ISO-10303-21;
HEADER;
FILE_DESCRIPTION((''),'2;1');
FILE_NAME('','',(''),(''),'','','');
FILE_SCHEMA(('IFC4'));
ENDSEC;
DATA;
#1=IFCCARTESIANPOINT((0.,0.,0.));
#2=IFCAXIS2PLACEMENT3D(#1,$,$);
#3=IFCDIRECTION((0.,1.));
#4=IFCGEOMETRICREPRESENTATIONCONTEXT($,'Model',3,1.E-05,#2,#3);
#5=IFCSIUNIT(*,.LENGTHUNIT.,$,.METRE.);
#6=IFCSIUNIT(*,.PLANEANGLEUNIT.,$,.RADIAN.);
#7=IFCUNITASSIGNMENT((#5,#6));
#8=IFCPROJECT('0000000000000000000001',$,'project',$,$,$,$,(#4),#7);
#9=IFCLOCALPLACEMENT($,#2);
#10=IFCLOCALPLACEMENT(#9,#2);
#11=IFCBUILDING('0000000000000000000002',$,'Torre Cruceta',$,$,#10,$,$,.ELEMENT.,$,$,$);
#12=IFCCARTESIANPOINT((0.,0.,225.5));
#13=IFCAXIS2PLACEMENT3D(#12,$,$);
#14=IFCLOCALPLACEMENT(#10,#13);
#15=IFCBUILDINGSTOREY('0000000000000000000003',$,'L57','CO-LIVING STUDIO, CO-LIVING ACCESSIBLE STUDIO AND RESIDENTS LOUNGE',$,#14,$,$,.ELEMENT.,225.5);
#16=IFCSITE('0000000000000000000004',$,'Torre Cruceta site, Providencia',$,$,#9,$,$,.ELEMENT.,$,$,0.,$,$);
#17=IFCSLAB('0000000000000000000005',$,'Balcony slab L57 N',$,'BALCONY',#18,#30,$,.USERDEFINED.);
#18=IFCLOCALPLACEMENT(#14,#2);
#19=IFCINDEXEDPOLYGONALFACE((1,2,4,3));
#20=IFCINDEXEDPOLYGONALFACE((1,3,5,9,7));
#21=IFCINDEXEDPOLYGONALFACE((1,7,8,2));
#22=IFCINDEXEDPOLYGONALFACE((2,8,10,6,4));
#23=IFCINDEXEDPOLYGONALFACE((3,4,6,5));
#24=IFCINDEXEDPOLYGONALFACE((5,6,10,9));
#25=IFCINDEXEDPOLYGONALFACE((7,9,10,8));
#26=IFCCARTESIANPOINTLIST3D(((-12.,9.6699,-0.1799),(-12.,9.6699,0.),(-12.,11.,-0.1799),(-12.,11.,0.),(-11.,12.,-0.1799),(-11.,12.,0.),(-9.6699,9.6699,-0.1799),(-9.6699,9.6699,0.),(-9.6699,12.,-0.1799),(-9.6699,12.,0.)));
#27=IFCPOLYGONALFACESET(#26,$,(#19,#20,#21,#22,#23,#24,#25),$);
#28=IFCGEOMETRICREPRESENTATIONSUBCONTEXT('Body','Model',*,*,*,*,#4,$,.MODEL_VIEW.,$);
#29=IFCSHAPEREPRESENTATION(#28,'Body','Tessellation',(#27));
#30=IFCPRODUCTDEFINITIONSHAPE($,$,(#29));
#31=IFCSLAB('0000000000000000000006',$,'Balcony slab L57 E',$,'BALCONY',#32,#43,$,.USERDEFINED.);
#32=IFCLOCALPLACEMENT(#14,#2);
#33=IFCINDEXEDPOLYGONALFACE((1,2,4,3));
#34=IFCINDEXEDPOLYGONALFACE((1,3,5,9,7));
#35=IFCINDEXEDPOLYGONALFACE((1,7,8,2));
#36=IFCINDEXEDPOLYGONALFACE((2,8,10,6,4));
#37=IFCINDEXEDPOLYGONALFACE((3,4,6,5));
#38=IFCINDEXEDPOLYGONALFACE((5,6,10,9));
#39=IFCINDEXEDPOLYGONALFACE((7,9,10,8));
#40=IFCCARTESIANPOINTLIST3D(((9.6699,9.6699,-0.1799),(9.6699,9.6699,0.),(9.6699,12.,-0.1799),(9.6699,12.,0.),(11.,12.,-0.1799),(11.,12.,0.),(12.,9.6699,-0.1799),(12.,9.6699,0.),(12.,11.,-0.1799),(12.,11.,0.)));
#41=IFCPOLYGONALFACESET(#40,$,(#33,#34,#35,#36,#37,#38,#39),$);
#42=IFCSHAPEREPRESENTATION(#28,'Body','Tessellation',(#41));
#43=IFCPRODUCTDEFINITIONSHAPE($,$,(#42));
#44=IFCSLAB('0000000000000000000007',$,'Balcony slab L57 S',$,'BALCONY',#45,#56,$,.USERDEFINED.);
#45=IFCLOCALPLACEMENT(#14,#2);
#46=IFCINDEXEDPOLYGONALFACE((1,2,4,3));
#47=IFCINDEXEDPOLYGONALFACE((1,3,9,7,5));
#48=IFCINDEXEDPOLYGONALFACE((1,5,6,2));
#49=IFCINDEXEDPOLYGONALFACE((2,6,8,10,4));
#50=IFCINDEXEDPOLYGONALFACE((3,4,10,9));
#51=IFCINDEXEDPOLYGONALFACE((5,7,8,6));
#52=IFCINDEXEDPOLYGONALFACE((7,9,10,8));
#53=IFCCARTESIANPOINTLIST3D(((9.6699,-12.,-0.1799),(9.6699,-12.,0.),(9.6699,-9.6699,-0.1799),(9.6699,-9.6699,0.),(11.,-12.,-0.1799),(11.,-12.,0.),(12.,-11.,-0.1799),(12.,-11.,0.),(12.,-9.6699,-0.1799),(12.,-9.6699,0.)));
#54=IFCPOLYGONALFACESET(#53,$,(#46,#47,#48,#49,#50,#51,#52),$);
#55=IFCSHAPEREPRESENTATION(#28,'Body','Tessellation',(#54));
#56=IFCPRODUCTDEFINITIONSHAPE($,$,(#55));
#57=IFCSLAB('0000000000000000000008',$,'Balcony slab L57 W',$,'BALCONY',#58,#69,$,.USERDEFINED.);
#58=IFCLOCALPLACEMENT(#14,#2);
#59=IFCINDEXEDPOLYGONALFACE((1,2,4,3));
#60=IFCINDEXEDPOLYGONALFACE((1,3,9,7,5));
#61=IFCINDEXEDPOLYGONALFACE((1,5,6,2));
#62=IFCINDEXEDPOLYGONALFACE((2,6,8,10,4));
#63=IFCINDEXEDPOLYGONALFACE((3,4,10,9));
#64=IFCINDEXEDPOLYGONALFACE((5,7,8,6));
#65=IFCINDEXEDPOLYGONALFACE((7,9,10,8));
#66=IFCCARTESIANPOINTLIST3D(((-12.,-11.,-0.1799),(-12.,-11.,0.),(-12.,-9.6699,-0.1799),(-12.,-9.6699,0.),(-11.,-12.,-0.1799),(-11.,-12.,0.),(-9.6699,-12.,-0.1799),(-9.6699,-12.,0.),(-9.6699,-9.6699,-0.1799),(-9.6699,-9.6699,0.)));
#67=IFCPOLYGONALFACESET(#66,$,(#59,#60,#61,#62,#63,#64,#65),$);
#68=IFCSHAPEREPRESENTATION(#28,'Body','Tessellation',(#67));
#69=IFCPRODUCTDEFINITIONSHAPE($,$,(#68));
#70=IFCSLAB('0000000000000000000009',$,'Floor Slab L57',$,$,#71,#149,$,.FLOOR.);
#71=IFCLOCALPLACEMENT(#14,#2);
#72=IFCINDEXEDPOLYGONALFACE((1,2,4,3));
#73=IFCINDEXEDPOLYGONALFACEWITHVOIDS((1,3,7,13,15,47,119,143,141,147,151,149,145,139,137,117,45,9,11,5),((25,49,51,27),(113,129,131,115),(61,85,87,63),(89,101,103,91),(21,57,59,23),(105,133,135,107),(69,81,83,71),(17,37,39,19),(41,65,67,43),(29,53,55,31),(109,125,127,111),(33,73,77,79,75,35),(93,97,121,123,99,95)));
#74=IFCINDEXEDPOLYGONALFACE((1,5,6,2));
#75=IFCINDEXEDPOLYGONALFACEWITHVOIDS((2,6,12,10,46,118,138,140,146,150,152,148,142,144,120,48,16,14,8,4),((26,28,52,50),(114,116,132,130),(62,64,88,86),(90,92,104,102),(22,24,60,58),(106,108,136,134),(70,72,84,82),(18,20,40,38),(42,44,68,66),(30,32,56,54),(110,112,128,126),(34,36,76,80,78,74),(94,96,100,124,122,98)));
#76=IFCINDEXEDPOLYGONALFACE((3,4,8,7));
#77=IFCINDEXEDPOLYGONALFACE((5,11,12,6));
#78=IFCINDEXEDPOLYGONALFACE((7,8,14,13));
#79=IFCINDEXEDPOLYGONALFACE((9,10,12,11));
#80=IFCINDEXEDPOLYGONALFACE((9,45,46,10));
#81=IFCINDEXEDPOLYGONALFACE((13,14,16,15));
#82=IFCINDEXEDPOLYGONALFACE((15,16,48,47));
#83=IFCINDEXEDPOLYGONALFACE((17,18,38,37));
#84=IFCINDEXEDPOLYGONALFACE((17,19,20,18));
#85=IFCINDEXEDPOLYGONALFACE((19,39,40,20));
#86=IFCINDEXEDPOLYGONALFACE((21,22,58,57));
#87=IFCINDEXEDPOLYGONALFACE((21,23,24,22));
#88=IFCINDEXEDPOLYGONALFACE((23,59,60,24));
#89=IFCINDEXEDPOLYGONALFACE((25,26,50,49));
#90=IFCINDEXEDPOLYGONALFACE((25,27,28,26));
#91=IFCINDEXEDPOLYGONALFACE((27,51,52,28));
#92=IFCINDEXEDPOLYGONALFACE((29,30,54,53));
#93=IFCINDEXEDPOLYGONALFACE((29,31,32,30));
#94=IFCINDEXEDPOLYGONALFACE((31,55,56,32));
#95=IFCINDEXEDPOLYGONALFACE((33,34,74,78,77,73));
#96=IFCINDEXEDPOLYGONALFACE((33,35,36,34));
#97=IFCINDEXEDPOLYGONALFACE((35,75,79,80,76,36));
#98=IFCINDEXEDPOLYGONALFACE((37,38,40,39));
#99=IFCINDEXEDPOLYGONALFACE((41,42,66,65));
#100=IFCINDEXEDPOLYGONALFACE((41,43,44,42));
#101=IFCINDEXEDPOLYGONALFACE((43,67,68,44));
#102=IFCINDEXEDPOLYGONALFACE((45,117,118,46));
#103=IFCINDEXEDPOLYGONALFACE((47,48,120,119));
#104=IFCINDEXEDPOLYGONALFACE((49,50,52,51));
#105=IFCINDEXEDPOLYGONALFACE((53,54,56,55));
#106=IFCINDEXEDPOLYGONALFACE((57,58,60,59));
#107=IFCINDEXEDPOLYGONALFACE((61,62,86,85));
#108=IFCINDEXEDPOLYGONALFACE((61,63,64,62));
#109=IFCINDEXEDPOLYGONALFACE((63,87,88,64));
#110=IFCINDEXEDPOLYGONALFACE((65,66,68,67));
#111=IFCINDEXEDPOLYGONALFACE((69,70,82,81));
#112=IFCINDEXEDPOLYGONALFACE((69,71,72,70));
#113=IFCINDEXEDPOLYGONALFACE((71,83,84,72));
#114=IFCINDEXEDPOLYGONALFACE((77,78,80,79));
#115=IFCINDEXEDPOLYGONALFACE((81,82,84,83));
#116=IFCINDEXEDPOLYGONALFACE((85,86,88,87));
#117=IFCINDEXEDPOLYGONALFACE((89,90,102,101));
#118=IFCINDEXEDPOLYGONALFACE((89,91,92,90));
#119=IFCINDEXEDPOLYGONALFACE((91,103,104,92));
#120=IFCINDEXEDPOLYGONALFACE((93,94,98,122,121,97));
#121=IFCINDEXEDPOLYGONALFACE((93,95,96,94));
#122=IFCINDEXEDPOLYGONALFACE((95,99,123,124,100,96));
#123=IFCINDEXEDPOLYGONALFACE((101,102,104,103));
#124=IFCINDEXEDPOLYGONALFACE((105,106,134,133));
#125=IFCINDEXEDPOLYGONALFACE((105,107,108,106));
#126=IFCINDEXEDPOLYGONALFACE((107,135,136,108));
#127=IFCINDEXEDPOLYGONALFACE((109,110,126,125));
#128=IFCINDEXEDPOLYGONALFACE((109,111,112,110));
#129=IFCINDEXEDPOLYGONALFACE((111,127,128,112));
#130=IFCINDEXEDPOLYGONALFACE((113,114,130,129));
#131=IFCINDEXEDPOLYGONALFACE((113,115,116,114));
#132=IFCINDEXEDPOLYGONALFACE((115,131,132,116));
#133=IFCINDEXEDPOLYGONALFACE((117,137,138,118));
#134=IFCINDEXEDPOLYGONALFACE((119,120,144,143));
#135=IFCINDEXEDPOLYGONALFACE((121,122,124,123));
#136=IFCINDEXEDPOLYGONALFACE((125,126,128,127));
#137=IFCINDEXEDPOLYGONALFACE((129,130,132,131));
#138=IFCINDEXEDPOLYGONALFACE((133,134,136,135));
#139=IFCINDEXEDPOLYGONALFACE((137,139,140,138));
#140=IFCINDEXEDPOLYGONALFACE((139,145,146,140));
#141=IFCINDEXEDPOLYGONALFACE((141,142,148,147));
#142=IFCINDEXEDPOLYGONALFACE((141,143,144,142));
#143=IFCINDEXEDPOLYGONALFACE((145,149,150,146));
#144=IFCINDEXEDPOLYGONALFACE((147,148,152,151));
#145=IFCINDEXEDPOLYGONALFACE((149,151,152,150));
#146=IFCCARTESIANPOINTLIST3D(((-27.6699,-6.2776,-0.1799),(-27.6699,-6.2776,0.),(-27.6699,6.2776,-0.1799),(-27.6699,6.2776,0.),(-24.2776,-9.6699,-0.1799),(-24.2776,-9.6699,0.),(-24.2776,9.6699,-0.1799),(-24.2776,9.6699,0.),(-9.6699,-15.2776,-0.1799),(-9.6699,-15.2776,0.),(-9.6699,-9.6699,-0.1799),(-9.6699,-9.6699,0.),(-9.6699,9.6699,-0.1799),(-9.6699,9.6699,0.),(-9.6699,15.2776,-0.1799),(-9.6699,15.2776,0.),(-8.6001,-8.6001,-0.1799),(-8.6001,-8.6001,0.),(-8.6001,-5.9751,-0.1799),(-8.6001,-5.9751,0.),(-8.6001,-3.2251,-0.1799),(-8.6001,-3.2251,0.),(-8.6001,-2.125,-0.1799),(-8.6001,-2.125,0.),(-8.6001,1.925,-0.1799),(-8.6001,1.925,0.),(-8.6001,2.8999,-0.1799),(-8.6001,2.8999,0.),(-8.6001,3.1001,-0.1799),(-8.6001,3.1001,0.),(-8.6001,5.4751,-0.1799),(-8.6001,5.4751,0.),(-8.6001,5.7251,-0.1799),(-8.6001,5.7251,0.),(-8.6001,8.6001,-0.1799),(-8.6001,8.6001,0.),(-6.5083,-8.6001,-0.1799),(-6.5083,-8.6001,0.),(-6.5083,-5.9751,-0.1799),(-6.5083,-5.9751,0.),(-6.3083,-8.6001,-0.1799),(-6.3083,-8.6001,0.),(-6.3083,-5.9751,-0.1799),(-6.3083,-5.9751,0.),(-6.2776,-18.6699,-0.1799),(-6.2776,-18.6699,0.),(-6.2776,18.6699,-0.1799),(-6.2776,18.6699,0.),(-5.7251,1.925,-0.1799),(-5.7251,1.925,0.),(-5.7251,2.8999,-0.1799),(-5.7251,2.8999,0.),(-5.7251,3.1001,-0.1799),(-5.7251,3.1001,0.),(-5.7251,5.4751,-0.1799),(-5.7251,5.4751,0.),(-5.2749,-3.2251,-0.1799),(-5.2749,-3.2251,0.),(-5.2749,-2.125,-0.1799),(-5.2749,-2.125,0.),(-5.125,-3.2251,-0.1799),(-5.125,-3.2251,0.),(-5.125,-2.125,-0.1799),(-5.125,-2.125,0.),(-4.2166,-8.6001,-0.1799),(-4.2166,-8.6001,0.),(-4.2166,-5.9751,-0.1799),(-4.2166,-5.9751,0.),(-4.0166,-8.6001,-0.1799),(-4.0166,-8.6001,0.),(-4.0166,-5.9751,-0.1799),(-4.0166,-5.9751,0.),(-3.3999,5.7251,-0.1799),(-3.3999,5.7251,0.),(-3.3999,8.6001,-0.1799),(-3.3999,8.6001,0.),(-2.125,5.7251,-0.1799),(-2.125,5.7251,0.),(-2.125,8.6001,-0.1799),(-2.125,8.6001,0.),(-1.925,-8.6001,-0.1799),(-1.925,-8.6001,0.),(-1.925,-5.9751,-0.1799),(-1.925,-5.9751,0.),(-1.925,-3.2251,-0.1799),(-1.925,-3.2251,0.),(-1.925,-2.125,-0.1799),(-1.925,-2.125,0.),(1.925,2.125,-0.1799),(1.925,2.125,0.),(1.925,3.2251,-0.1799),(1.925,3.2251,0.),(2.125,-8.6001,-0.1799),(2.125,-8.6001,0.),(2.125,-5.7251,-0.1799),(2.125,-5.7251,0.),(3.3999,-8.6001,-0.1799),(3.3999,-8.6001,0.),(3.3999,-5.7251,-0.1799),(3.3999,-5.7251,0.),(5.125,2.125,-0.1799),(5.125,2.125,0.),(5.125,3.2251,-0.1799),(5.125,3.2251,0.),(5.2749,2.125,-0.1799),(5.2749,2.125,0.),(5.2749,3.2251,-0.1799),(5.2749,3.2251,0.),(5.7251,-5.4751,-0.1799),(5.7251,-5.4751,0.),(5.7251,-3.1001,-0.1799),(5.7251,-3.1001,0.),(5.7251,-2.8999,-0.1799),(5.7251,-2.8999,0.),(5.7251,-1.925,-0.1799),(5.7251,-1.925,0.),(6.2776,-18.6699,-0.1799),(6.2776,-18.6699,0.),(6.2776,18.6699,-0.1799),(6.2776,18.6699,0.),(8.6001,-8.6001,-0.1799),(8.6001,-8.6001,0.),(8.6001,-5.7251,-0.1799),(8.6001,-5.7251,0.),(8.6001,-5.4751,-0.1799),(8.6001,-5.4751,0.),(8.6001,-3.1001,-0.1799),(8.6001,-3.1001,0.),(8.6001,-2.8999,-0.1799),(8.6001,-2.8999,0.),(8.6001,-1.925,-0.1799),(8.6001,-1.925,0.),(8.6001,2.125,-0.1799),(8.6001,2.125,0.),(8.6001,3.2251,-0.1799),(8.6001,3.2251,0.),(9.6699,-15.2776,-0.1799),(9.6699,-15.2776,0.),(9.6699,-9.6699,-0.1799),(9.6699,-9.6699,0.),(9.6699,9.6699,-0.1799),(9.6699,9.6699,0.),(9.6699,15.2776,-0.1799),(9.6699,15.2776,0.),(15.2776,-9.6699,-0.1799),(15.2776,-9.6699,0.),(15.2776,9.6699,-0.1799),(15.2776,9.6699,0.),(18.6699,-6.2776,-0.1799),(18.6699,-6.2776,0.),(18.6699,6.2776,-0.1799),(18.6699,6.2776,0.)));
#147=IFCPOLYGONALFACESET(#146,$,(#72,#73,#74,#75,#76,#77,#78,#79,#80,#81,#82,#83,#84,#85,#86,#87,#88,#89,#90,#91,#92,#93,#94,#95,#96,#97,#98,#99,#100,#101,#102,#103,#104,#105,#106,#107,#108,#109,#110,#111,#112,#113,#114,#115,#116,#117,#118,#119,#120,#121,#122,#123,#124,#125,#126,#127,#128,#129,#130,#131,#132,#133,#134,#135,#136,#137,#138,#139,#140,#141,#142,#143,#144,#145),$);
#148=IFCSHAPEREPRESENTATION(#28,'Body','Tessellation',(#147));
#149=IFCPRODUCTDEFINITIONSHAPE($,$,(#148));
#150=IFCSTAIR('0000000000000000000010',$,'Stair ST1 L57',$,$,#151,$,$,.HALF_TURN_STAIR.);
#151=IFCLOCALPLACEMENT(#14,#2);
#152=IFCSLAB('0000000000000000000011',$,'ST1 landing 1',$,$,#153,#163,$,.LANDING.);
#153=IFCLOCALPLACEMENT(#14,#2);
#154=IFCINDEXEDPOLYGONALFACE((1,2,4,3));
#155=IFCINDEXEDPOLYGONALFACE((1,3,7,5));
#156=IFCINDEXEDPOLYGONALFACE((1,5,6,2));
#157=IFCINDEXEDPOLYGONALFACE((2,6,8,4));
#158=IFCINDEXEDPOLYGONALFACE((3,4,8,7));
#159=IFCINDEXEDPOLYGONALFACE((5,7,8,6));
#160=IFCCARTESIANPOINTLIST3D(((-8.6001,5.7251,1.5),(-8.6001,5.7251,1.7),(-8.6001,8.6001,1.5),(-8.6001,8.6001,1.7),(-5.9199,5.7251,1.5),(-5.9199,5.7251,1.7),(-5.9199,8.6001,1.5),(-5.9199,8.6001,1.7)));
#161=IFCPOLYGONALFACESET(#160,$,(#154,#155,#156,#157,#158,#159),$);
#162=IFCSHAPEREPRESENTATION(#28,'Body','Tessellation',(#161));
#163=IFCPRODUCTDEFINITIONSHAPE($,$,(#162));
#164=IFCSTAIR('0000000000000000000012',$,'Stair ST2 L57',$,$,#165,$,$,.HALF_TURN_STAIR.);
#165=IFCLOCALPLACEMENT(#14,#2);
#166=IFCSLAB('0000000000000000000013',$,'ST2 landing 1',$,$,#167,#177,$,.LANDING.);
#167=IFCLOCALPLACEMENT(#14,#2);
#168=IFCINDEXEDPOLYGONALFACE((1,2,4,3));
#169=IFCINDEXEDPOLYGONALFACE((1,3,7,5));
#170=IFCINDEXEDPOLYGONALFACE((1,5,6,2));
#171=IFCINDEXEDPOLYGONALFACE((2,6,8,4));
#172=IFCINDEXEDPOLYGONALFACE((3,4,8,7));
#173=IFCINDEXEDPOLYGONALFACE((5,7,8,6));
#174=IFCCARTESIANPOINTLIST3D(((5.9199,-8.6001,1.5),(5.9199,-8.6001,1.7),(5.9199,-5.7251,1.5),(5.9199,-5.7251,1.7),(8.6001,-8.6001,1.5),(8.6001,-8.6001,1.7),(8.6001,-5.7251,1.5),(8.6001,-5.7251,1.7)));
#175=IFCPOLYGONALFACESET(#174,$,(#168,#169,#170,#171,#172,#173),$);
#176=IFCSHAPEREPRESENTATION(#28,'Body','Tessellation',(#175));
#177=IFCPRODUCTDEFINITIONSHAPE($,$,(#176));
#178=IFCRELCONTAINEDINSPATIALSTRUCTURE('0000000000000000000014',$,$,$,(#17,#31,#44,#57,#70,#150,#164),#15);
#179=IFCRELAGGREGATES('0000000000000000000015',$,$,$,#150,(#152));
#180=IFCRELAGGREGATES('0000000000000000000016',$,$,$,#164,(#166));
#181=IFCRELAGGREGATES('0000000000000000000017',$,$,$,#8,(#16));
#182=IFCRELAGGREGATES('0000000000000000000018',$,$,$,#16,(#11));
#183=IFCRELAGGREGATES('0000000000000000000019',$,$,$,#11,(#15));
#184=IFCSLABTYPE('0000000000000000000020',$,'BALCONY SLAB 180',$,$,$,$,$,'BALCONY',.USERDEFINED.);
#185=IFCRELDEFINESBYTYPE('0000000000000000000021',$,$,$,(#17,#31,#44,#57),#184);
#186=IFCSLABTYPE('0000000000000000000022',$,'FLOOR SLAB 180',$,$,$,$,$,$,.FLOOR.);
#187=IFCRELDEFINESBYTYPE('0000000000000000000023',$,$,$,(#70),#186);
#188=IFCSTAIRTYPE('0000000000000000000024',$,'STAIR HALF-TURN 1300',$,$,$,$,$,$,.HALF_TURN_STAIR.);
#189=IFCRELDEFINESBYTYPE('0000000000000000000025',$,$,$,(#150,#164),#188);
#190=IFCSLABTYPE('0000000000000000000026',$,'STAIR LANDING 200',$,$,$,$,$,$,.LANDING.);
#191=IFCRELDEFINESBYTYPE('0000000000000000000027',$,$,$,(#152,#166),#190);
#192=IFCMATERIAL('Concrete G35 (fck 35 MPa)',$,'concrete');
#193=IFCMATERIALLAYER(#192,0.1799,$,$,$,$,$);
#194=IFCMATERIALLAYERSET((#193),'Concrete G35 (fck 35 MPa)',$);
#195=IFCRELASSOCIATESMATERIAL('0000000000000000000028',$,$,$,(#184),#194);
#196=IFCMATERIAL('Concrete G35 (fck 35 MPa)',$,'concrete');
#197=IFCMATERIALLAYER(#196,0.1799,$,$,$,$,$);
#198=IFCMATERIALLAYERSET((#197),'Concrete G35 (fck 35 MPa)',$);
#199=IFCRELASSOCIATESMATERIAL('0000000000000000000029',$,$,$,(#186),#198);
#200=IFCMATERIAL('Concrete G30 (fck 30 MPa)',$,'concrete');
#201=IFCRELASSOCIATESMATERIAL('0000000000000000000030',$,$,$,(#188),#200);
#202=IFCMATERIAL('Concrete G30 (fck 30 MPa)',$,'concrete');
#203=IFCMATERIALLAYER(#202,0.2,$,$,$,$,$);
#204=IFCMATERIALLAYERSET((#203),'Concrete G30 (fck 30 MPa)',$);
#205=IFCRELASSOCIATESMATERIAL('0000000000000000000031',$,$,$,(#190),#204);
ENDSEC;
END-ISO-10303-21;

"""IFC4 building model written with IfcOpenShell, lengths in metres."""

from ifc_helpers import new_model, si_unit, direction, frame, origin, place, context, subcontext, project, spatial, polyline, outline, extrude, material, layer, layer_set, type_object, element, aggregate, save


model = new_model("IFC4")

# Units and contexts
model_context = context("Model", 3, precision=1e-05, world=origin(), true_north=direction((0.0, 1.0)))
body_context = subcontext(model_context, "Body", "Model", "MODEL_VIEW")
ifc_project = project(units=[si_unit("LENGTHUNIT", "METRE"), si_unit("PLANEANGLEUNIT", "RADIAN")], contexts=[model_context])

# Site, building, storey
site_placement = place(None, origin())
site = spatial("IfcSite", under=ifc_project, at=site_placement, Name="Torre Cruceta site, Providencia", CompositionType="ELEMENT", RefElevation=0.0)
building_placement = place(site_placement, origin())
building = spatial("IfcBuilding", under=site, at=building_placement, Name="Torre Cruceta", CompositionType="ELEMENT")
storey_placement = place(building_placement, frame((0.0, 0.0, 225.5)))
storey = spatial("IfcBuildingStorey", under=building, at=storey_placement, Name="L57", Description="CO-LIVING STUDIO, CO-LIVING ACCESSIBLE STUDIO AND RESIDENTS LOUNGE", CompositionType="ELEMENT", Elevation=225.5)

# Slabs
ifc_material_1 = material(Name="Concrete G35 (fck 35 MPa)", Category="concrete")
ifc_layer_1 = layer(ifc_material_1, 0.1799)
ifc_layer_set_1 = layer_set([ifc_layer_1], Name="Concrete G35 (fck 35 MPa)")
slab_type_1 = type_object("IfcSlabType", Name="BALCONY SLAB 180", ElementType="BALCONY", PredefinedType="USERDEFINED", material=ifc_layer_set_1)
slab_1_placement = place(storey_placement, frame((0.0, 0.0, -0.1799)))
element("IfcSlab", 1, at=slab_1_placement, inside=storey, type_object=slab_type_1, Name="Balcony slab L57 N", ObjectType="BALCONY", PredefinedType="USERDEFINED", context=body_context, shape_type="SweptSolid", body=[
    extrude(outline(polyline([(-12.0, 11.0), (-11.0, 12.0), (-9.6699, 12.0), (-9.6699, 9.6699), (-12.0, 9.6699), (-12.0, 11.0)])), origin(), (0.0, 0.0, 1.0), 0.1799),
])
slab_2_placement = place(storey_placement, frame((0.0, 0.0, -0.1799)))
element("IfcSlab", 2, at=slab_2_placement, inside=storey, type_object=slab_type_1, Name="Balcony slab L57 E", ObjectType="BALCONY", PredefinedType="USERDEFINED", context=body_context, shape_type="SweptSolid", body=[
    extrude(outline(polyline([(11.0, 12.0), (12.0, 11.0), (12.0, 9.6699), (9.6699, 9.6699), (9.6699, 12.0), (11.0, 12.0)])), origin(), (0.0, 0.0, 1.0), 0.1799),
])
slab_3_placement = place(storey_placement, frame((0.0, 0.0, -0.1799)))
element("IfcSlab", 3, at=slab_3_placement, inside=storey, type_object=slab_type_1, Name="Balcony slab L57 S", ObjectType="BALCONY", PredefinedType="USERDEFINED", context=body_context, shape_type="SweptSolid", body=[
    extrude(outline(polyline([(12.0, -11.0), (11.0, -12.0), (9.6699, -12.0), (9.6699, -9.6699), (12.0, -9.6699), (12.0, -11.0)])), origin(), (0.0, 0.0, 1.0), 0.1799),
])
slab_4_placement = place(storey_placement, frame((0.0, 0.0, -0.1799)))
element("IfcSlab", 4, at=slab_4_placement, inside=storey, type_object=slab_type_1, Name="Balcony slab L57 W", ObjectType="BALCONY", PredefinedType="USERDEFINED", context=body_context, shape_type="SweptSolid", body=[
    extrude(outline(polyline([(-11.0, -12.0), (-12.0, -11.0), (-12.0, -9.6699), (-9.6699, -9.6699), (-9.6699, -12.0), (-11.0, -12.0)])), origin(), (0.0, 0.0, 1.0), 0.1799),
])
ifc_material_2 = material(Name="Concrete G35 (fck 35 MPa)", Category="concrete")
ifc_layer_2 = layer(ifc_material_2, 0.1799)
ifc_layer_set_2 = layer_set([ifc_layer_2], Name="Concrete G35 (fck 35 MPa)")
slab_type_2 = type_object("IfcSlabType", Name="FLOOR SLAB 180", PredefinedType="FLOOR", material=ifc_layer_set_2)
slab_5_placement = place(storey_placement, frame((0.0, 0.0, -0.1799)))
element("IfcSlab", 5, at=slab_5_placement, inside=storey, type_object=slab_type_2, Name="Floor Slab L57", PredefinedType="FLOOR", context=body_context, shape_type="SweptSolid", body=[
    extrude(outline(polyline([(9.6699, -9.6699), (9.6699, -15.2776), (6.2776, -18.6699), (-6.2776, -18.6699), (-9.6699, -15.2776), (-9.6699, -9.6699), (-24.2776, -9.6699), (-27.6699, -6.2776), (-27.6699, 6.2776), (-24.2776, 9.6699), (-9.6699, 9.6699), (-9.6699, 15.2776), (-6.2776, 18.6699), (6.2776, 18.6699), (9.6699, 15.2776), (9.6699, 9.6699), (15.2776, 9.6699), (18.6699, 6.2776), (18.6699, -6.2776), (15.2776, -9.6699), (9.6699, -9.6699)]), holes=[polyline([(1.925, 2.125), (5.125, 2.125), (5.125, 3.2251), (1.925, 3.2251), (1.925, 2.125)]), polyline([(5.2749, 2.125), (8.6001, 2.125), (8.6001, 3.2251), (5.2749, 3.2251), (5.2749, 2.125)]), polyline([(-8.6001, 3.1001), (-5.7251, 3.1001), (-5.7251, 5.4751), (-8.6001, 5.4751), (-8.6001, 3.1001)]), polyline([(-8.6001, 1.925), (-5.7251, 1.925), (-5.7251, 2.8999), (-8.6001, 2.8999), (-8.6001, 1.925)]), polyline([(-4.0166, -8.6001), (-1.925, -8.6001), (-1.925, -5.9751), (-4.0166, -5.9751), (-4.0166, -8.6001)]), polyline([(-6.3083, -8.6001), (-4.2166, -8.6001), (-4.2166, -5.9751), (-6.3083, -5.9751), (-6.3083, -8.6001)]), polyline([(-8.6001, -8.6001), (-6.5083, -8.6001), (-6.5083, -5.9751), (-8.6001, -5.9751), (-8.6001, -8.6001)]), polyline([(-5.125, -3.2251), (-1.925, -3.2251), (-1.925, -2.125), (-5.125, -2.125), (-5.125, -3.2251)]), polyline([(-8.6001, -3.2251), (-5.2749, -3.2251), (-5.2749, -2.125), (-8.6001, -2.125), (-8.6001, -3.2251)]), polyline([(5.7251, -5.4751), (8.6001, -5.4751), (8.6001, -3.1001), (5.7251, -3.1001), (5.7251, -5.4751)]), polyline([(5.7251, -2.8999), (8.6001, -2.8999), (8.6001, -1.925), (5.7251, -1.925), (5.7251, -2.8999)]), polyline([(-8.6001, 5.7251), (-8.6001, 8.6001), (-3.3999, 8.6001), (-2.125, 8.6001), (-2.125, 5.7251), (-3.3999, 5.7251), (-8.6001, 5.7251)]), polyline([(2.125, -5.7251), (3.3999, -5.7251), (8.6001, -5.7251), (8.6001, -8.6001), (3.3999, -8.6001), (2.125, -8.6001), (2.125, -5.7251)])]), origin(), (0.0, 0.0, 1.0), 0.1799),
])

# Stairs, slabs
ifc_material_3 = material(Name="Concrete G30 (fck 30 MPa)", Category="concrete")
stair_type = type_object("IfcStairType", Name="STAIR HALF-TURN 1300", PredefinedType="HALF_TURN_STAIR", material=ifc_material_3)
stair_1_placement = place(storey_placement, origin())
stair_1 = element("IfcStair", 6, at=stair_1_placement, inside=storey, type_object=stair_type, Name="Stair ST1 L57", PredefinedType="HALF_TURN_STAIR")
ifc_material_4 = material(Name="Concrete G30 (fck 30 MPa)", Category="concrete")
ifc_layer_3 = layer(ifc_material_4, 0.2)
ifc_layer_set_3 = layer_set([ifc_layer_3], Name="Concrete G30 (fck 30 MPa)")
slab_type_3 = type_object("IfcSlabType", Name="STAIR LANDING 200", PredefinedType="LANDING", material=ifc_layer_set_3)
slab_6_placement = place(storey_placement, frame((0.0, 0.0, 1.5)))
slab_6 = element("IfcSlab", 7, at=slab_6_placement, type_object=slab_type_3, Name="ST1 landing 1", PredefinedType="LANDING", context=body_context, shape_type="SweptSolid", body=[
    extrude(outline(polyline([(-8.6001, 5.7251), (-5.9199, 5.7251), (-5.9199, 8.6001), (-8.6001, 8.6001), (-8.6001, 5.7251)])), origin(), (0.0, 0.0, 1.0), 0.2),
])
aggregate(stair_1, [slab_6])
stair_2_placement = place(storey_placement, origin())
stair_2 = element("IfcStair", 8, at=stair_2_placement, inside=storey, type_object=stair_type, Name="Stair ST2 L57", PredefinedType="HALF_TURN_STAIR")
slab_7_placement = place(storey_placement, frame((0.0, 0.0, 1.5)))
slab_7 = element("IfcSlab", 9, at=slab_7_placement, type_object=slab_type_3, Name="ST2 landing 1", PredefinedType="LANDING", context=body_context, shape_type="SweptSolid", body=[
    extrude(outline(polyline([(5.9199, -8.6001), (8.6001, -8.6001), (8.6001, -5.7251), (5.9199, -5.7251), (5.9199, -8.6001)])), origin(), (0.0, 0.0, 1.0), 0.2),
])

aggregate(stair_2, [slab_7])

save(model, "model.ifc")
